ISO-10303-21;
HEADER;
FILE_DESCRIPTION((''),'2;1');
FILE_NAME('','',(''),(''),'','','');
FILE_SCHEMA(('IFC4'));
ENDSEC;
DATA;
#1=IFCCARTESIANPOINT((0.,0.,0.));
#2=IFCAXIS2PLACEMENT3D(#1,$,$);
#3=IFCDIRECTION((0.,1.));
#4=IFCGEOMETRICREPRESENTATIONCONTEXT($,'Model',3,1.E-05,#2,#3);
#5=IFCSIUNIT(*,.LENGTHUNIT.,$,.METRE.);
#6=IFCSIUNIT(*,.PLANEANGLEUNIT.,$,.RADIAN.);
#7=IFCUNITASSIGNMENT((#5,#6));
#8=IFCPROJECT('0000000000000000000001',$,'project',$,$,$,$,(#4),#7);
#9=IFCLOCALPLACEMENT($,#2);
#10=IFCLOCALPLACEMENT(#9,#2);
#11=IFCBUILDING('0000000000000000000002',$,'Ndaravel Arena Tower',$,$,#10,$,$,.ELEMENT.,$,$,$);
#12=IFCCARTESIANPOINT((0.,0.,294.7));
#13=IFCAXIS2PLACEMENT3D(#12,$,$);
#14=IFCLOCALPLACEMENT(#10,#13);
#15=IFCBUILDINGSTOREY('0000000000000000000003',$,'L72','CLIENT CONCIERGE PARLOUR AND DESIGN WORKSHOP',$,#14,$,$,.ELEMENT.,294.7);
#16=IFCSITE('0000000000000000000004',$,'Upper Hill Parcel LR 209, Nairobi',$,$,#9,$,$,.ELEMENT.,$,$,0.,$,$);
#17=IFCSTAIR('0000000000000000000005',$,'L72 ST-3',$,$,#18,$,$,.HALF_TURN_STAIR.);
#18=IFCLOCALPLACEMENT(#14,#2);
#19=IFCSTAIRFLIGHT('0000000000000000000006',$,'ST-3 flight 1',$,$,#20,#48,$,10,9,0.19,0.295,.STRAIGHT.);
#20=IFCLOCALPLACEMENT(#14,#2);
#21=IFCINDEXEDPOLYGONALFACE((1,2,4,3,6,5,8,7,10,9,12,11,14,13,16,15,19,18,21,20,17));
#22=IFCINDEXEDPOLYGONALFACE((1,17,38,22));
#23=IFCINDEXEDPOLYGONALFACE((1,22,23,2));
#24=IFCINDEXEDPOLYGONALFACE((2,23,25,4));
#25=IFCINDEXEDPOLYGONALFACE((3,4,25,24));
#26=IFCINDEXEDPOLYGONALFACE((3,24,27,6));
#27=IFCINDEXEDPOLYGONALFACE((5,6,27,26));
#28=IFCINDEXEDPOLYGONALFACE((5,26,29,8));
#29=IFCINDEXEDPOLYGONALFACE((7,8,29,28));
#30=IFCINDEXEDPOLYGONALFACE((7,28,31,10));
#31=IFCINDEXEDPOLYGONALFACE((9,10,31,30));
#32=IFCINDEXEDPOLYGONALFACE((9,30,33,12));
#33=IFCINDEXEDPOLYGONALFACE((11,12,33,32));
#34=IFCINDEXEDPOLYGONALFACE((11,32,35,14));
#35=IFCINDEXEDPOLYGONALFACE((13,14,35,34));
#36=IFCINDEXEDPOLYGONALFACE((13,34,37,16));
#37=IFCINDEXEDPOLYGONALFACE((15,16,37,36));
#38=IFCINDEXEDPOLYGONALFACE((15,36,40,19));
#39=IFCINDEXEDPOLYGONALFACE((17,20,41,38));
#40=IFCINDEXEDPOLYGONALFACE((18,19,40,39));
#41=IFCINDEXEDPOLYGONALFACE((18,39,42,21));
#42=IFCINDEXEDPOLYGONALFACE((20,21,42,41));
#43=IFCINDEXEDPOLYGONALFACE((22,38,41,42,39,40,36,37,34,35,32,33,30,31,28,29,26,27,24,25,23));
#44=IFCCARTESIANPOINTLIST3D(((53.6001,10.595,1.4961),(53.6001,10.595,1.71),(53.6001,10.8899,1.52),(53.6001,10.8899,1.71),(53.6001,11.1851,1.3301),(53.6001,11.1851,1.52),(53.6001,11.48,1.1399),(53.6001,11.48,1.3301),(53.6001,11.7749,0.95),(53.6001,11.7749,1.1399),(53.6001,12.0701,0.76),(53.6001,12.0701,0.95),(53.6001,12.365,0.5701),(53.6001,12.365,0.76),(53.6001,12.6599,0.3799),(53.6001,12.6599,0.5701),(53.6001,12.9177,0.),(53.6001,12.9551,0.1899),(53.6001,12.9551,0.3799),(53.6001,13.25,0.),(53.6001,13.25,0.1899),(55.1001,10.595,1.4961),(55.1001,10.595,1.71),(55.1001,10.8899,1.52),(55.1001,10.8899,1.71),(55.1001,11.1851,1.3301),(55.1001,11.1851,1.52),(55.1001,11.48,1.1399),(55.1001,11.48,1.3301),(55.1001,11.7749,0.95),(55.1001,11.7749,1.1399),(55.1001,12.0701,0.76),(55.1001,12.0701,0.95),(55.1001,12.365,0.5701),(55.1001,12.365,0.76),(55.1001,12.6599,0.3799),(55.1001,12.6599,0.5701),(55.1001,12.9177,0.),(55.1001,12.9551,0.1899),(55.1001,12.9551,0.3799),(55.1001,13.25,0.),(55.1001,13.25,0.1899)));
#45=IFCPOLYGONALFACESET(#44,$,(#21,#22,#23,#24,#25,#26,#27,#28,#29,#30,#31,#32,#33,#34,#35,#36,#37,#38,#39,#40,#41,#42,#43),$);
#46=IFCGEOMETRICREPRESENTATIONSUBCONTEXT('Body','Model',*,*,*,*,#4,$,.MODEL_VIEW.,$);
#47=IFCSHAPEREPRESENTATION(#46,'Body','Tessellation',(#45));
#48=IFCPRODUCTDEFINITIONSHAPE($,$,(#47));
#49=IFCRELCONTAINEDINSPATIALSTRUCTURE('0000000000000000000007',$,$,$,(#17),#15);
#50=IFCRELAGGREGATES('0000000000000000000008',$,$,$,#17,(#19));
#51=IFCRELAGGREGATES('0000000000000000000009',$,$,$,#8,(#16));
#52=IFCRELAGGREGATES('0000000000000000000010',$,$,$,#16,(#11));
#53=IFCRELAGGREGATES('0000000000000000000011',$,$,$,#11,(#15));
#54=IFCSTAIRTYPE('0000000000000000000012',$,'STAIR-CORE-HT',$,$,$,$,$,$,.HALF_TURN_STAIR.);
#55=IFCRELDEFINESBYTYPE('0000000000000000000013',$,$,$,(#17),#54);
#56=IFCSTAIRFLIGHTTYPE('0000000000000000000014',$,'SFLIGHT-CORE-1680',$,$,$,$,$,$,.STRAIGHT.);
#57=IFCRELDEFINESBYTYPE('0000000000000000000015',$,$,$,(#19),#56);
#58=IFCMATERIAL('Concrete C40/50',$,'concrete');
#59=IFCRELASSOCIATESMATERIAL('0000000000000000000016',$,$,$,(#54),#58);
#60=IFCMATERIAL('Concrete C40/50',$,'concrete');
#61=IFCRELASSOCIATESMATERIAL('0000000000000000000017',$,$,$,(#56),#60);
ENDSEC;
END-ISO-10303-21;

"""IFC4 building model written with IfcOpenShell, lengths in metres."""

from ifc_helpers import new_model, si_unit, direction, frame, origin, place, context, subcontext, project, spatial, polyline, outline, extrude, material, type_object, element, aggregate, save


model = new_model("IFC4")

# Units and contexts
model_context = context("Model", 3, precision=1e-05, world=origin(), true_north=direction((0.0, 1.0)))
body_context = subcontext(model_context, "Body", "Model", "MODEL_VIEW")
ifc_project = project(units=[si_unit("LENGTHUNIT", "METRE"), si_unit("PLANEANGLEUNIT", "RADIAN")], contexts=[model_context])

# Site, building, storey
site_placement = place(None, origin())
site = spatial("IfcSite", under=ifc_project, at=site_placement, Name="Upper Hill Parcel LR 209, Nairobi", CompositionType="ELEMENT", RefElevation=0.0)
building_placement = place(site_placement, origin())
building = spatial("IfcBuilding", under=site, at=building_placement, Name="Ndaravel Arena Tower", CompositionType="ELEMENT")
storey_placement = place(building_placement, frame((0.0, 0.0, 294.7)))
storey = spatial("IfcBuildingStorey", under=building, at=storey_placement, Name="L72", Description="CLIENT CONCIERGE PARLOUR AND DESIGN WORKSHOP", CompositionType="ELEMENT", Elevation=294.7)

# Stair, stair flight
ifc_material_1 = material(Name="Concrete C40/50", Category="concrete")
stair_type = type_object("IfcStairType", Name="STAIR-CORE-HT", PredefinedType="HALF_TURN_STAIR", material=ifc_material_1)
stair_placement = place(storey_placement, origin())
stair = element("IfcStair", 1, at=stair_placement, inside=storey, type_object=stair_type, Name="L72 ST-3", PredefinedType="HALF_TURN_STAIR")
ifc_material_2 = material(Name="Concrete C40/50", Category="concrete")
stair_flight_type = type_object("IfcStairFlightType", Name="SFLIGHT-CORE-1680", PredefinedType="STRAIGHT", material=ifc_material_2)
stair_flight_placement = place(storey_placement, frame((54.3501, 13.25, 0.0), z_axis=(0.0, 0.0, 1.0), x_axis=(0.0, -1.0, 0.0)))
stair_flight = element("IfcStairFlight", 2, at=stair_flight_placement, type_object=stair_flight_type, Name="ST-3 flight 1", NumberOfRisers=10, NumberOfTreads=9, PredefinedType="STRAIGHT", RiserHeight=0.19, TreadLength=0.295, context=body_context, shape_type="SweptSolid", body=[
    extrude(outline(polyline([(0.0, 0.0), (0.0, 0.1899), (0.2949, 0.1899), (0.2949, 0.3799), (0.5901, 0.3799), (0.5901, 0.5701), (0.885, 0.5701), (0.885, 0.76), (1.1799, 0.76), (1.1799, 0.95), (1.4751, 0.95), (1.4751, 1.1399), (1.77, 1.1399), (1.77, 1.3301), (2.0649, 1.3301), (2.0649, 1.52), (2.3601, 1.52), (2.3601, 1.71), (2.655, 1.71), (2.655, 1.8999), (2.655, 1.4961), (0.3323, 0.0), (0.0, 0.0)])), frame((0.0, 0.75, 0.0), z_axis=(0.0, -1.0, 0.0), x_axis=(1.0, 0.0, 0.0)), (0.0, 0.0, 1.0), 1.5),
])
aggregate(stair, [stair_flight])

save(model, "model.ifc")
